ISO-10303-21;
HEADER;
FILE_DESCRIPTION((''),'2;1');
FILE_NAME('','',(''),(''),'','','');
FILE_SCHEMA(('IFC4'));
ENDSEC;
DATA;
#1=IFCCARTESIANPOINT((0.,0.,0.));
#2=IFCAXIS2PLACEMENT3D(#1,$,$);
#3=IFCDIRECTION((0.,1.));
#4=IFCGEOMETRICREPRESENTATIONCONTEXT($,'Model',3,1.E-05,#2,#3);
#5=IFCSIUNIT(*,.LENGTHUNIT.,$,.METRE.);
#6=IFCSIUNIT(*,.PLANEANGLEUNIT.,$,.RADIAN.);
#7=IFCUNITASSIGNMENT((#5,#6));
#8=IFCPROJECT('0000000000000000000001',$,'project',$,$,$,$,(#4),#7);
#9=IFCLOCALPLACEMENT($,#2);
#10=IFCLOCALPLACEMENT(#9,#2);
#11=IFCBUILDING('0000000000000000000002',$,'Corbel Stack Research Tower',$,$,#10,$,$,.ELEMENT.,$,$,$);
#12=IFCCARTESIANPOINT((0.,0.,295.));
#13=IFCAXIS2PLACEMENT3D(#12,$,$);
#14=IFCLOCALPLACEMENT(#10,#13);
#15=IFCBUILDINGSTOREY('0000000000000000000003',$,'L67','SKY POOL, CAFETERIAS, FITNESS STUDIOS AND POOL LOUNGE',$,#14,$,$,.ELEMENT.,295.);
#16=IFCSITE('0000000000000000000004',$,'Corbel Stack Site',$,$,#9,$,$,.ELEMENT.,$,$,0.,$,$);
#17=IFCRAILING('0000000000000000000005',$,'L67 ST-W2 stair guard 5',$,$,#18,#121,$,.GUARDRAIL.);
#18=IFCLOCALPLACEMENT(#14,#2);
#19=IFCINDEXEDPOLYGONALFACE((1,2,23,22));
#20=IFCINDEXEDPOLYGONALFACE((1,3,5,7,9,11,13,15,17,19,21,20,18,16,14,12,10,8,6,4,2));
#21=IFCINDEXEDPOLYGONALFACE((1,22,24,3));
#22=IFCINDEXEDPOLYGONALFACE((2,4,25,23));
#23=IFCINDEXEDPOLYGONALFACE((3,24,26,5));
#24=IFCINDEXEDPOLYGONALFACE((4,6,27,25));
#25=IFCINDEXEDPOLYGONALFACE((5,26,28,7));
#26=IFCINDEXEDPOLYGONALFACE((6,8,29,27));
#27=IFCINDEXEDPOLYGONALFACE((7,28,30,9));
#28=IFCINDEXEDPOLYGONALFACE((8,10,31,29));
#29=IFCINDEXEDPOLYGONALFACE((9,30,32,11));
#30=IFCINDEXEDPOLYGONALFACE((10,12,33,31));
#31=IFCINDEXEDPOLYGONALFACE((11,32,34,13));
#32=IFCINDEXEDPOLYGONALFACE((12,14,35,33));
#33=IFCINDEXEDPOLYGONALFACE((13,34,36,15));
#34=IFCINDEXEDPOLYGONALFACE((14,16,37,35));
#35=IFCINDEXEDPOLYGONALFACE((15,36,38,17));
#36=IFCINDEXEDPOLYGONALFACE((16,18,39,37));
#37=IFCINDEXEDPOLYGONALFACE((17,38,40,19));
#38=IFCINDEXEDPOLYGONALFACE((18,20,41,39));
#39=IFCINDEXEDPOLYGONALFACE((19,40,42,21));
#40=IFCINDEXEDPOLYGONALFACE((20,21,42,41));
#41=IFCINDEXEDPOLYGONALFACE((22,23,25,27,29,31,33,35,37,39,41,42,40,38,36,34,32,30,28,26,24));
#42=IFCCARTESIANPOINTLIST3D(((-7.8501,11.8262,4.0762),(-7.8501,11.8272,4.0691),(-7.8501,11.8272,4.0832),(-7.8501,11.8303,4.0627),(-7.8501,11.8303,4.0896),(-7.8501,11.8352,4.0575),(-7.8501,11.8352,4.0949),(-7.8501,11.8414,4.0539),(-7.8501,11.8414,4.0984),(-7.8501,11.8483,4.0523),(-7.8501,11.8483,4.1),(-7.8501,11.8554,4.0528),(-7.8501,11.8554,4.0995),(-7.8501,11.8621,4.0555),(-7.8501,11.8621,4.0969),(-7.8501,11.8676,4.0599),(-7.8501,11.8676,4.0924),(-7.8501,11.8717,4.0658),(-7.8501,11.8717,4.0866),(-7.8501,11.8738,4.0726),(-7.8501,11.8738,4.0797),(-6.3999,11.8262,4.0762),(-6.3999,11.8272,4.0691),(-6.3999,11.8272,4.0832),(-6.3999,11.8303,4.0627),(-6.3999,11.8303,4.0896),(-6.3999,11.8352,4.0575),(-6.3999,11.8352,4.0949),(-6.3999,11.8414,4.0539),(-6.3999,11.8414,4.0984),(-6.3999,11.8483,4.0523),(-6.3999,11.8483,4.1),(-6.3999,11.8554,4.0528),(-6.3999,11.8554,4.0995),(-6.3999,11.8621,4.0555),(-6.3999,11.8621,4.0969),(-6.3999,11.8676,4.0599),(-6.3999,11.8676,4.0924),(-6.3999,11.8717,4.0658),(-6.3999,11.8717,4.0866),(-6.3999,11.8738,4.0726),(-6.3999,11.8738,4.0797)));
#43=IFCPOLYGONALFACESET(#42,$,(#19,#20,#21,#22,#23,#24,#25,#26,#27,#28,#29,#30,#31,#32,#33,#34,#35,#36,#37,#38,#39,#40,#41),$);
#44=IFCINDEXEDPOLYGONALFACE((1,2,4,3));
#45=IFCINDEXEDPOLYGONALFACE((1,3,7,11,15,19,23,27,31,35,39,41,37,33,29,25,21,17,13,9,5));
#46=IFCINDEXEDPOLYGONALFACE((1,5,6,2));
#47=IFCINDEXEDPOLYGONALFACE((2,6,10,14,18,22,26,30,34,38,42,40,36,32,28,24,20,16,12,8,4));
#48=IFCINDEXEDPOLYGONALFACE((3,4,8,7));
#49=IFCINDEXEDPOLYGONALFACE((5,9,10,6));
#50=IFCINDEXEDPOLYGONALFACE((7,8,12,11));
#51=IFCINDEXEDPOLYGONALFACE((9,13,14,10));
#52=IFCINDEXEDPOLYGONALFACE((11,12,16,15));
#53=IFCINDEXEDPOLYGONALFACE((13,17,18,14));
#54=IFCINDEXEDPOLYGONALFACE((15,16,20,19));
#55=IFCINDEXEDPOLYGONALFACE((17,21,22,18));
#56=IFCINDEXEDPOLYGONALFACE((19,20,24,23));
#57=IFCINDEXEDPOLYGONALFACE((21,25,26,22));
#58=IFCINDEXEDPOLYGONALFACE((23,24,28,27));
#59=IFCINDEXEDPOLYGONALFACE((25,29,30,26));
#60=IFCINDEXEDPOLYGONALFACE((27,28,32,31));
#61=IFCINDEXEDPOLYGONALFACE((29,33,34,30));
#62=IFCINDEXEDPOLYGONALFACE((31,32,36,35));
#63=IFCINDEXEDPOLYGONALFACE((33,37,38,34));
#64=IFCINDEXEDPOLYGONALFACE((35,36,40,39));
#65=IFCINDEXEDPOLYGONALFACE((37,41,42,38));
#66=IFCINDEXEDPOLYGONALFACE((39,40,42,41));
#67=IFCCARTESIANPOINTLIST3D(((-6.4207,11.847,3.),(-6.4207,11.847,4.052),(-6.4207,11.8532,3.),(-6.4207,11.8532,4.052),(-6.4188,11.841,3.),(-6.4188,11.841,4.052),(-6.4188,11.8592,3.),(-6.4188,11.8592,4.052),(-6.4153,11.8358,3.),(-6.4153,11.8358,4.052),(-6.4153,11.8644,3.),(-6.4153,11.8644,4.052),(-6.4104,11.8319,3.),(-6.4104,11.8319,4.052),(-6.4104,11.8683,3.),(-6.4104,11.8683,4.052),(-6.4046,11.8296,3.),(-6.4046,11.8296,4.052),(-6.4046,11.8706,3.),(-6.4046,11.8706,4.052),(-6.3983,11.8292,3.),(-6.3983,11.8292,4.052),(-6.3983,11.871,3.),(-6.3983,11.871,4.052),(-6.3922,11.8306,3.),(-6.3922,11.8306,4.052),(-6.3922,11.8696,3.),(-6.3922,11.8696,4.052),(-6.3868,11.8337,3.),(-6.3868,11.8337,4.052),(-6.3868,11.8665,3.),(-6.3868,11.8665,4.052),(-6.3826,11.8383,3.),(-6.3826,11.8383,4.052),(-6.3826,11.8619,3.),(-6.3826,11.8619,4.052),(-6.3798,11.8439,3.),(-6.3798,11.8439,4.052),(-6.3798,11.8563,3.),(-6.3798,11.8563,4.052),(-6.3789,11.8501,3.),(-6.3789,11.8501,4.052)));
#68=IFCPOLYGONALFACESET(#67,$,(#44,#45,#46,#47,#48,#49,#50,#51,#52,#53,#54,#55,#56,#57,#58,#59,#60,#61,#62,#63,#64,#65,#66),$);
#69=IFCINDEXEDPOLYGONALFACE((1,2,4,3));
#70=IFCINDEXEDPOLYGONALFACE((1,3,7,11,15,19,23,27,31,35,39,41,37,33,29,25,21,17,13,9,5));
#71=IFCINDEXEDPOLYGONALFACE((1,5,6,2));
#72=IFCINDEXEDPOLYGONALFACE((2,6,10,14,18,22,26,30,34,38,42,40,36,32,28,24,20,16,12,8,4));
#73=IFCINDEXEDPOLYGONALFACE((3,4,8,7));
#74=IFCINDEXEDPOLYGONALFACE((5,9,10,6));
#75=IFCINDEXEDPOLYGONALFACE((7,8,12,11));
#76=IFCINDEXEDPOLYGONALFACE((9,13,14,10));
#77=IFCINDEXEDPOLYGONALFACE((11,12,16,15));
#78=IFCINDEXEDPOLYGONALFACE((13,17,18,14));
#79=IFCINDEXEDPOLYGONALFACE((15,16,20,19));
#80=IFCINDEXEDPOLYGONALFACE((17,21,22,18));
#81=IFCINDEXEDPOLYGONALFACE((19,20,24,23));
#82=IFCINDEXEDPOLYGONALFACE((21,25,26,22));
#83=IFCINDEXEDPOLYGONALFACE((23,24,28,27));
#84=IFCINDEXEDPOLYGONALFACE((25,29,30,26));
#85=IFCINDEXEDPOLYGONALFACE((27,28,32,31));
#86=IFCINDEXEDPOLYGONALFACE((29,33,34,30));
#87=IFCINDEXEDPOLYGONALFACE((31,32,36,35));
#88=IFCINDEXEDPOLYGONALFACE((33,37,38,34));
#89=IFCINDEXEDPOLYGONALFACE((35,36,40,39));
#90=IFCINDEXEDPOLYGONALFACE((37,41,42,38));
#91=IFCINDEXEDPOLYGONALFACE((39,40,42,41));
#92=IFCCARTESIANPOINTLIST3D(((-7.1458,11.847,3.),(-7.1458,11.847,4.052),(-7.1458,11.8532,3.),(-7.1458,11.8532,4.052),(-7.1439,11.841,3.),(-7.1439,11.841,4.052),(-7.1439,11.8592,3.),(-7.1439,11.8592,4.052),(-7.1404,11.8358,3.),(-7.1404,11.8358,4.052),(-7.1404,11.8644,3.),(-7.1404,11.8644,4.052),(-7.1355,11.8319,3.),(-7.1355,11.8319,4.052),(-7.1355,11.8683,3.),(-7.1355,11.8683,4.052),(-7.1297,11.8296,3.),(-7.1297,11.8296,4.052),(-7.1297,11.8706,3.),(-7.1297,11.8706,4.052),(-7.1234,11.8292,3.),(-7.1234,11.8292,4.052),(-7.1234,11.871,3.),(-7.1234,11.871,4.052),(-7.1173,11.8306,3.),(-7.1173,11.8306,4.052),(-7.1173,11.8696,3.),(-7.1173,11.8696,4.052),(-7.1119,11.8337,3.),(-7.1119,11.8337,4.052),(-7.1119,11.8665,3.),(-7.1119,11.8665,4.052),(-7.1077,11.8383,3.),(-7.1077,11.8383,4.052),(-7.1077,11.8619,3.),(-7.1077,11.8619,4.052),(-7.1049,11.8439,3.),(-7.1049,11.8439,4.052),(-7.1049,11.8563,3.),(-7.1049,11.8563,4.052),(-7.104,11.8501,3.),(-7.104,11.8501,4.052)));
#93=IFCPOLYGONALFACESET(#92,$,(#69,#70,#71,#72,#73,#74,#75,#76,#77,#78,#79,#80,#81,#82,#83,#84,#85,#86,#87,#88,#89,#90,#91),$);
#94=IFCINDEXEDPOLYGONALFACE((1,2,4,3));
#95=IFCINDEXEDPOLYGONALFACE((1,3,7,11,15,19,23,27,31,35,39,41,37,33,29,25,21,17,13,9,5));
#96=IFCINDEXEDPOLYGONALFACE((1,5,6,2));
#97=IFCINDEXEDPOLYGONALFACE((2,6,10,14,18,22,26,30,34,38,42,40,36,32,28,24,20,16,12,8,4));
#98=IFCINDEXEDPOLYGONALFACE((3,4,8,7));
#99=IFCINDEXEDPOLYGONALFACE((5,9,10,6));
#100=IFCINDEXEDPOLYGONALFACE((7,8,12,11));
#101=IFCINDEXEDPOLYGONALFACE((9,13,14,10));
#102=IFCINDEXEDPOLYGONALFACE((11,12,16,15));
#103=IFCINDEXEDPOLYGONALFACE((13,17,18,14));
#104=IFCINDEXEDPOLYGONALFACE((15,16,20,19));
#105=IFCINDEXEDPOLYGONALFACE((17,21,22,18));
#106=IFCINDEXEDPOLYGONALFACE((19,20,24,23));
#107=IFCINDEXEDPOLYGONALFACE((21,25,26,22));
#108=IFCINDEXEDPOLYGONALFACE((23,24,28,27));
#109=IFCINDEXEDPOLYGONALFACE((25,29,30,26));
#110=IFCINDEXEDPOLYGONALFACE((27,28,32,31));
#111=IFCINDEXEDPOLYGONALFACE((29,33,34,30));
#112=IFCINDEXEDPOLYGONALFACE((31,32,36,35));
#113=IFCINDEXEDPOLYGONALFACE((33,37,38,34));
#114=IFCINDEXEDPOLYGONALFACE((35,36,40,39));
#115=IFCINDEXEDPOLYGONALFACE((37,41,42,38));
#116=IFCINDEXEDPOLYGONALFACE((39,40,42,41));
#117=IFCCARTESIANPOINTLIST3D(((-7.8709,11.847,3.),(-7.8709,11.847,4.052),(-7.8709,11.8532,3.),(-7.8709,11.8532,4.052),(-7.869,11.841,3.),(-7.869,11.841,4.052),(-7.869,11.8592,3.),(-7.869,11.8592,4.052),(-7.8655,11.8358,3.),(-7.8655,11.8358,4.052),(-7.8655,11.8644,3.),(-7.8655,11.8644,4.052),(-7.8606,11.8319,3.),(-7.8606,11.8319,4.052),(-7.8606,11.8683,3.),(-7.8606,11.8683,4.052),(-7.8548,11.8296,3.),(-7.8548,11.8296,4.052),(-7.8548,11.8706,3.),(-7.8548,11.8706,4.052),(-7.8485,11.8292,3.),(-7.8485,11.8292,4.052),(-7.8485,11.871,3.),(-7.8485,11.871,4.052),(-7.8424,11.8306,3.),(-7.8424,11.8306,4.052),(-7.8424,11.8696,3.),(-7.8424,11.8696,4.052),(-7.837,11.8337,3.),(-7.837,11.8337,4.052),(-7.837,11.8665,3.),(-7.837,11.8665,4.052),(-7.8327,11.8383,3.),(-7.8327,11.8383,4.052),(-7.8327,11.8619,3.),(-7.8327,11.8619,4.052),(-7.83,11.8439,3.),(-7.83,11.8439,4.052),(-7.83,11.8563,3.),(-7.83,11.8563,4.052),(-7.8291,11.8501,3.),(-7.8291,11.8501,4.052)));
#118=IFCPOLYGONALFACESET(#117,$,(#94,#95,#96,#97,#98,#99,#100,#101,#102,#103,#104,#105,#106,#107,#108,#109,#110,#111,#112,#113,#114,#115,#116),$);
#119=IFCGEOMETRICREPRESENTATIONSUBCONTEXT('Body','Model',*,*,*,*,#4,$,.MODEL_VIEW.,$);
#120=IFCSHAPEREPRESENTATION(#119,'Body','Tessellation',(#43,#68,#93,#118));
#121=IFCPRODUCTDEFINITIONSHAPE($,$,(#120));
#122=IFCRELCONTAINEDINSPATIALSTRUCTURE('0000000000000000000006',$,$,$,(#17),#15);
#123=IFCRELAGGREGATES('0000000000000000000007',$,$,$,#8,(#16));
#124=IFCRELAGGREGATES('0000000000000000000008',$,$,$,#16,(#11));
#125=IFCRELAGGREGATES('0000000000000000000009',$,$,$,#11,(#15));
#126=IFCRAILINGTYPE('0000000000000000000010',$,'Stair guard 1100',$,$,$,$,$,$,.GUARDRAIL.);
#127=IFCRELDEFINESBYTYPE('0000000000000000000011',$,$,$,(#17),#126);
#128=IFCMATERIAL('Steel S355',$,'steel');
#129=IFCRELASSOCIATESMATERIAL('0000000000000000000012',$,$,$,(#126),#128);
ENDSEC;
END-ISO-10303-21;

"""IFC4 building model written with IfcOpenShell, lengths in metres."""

from ifc_helpers import new_model, si_unit, direction, frame, origin, origin_2d, place, context, subcontext, project, spatial, circle, extrude, material, type_object, element, save


model = new_model("IFC4")

# Units and contexts
model_context = context("Model", 3, precision=1e-05, world=origin(), true_north=direction((0.0, 1.0)))
body_context = subcontext(model_context, "Body", "Model", "MODEL_VIEW")
ifc_project = project(units=[si_unit("LENGTHUNIT", "METRE"), si_unit("PLANEANGLEUNIT", "RADIAN")], contexts=[model_context])

# Site, building, storey
site_placement = place(None, origin())
site = spatial("IfcSite", under=ifc_project, at=site_placement, Name="Corbel Stack Site", CompositionType="ELEMENT", RefElevation=0.0)
building_placement = place(site_placement, origin())
building = spatial("IfcBuilding", under=site, at=building_placement, Name="Corbel Stack Research Tower", CompositionType="ELEMENT")
storey_placement = place(building_placement, frame((0.0, 0.0, 295.0)))
storey = spatial("IfcBuildingStorey", under=building, at=storey_placement, Name="L67", Description="SKY POOL, CAFETERIAS, FITNESS STUDIOS AND POOL LOUNGE", CompositionType="ELEMENT", Elevation=295.0)

# Railing
ifc_material_1 = material(Name="Steel S355", Category="steel")
railing_type_1 = type_object("IfcRailingType", Name="Stair guard 1100", PredefinedType="GUARDRAIL", material=ifc_material_1)
railing_1_placement = place(storey_placement, frame((-6.3999, 11.8501, 3.0)))
element("IfcRailing", 1, at=railing_1_placement, inside=storey, type_object=railing_type_1, Name="L67 ST-W2 stair guard 5", PredefinedType="GUARDRAIL", context=body_context, shape_type="SweptSolid", body=[
    extrude(circle(Radius=0.0239, at=origin_2d()), frame((0.0, 0.0, 1.0762), z_axis=(-1.0, 0.0, 0.0), x_axis=(0.0, -1.0, 0.0)), (0.0, 0.0, 1.0), 1.4502),
    extrude(circle(Radius=0.021, at=origin_2d()), origin(), (0.0, 0.0, 1.0), 1.052),
    extrude(circle(Radius=0.021, at=origin_2d()), frame((-0.7251, 0.0, 0.0)), (0.0, 0.0, 1.0), 1.052),
    extrude(circle(Radius=0.021, at=origin_2d()), frame((-1.4502, 0.0, 0.0)), (0.0, 0.0, 1.0), 1.052),
])

save(model, "model.ifc")
